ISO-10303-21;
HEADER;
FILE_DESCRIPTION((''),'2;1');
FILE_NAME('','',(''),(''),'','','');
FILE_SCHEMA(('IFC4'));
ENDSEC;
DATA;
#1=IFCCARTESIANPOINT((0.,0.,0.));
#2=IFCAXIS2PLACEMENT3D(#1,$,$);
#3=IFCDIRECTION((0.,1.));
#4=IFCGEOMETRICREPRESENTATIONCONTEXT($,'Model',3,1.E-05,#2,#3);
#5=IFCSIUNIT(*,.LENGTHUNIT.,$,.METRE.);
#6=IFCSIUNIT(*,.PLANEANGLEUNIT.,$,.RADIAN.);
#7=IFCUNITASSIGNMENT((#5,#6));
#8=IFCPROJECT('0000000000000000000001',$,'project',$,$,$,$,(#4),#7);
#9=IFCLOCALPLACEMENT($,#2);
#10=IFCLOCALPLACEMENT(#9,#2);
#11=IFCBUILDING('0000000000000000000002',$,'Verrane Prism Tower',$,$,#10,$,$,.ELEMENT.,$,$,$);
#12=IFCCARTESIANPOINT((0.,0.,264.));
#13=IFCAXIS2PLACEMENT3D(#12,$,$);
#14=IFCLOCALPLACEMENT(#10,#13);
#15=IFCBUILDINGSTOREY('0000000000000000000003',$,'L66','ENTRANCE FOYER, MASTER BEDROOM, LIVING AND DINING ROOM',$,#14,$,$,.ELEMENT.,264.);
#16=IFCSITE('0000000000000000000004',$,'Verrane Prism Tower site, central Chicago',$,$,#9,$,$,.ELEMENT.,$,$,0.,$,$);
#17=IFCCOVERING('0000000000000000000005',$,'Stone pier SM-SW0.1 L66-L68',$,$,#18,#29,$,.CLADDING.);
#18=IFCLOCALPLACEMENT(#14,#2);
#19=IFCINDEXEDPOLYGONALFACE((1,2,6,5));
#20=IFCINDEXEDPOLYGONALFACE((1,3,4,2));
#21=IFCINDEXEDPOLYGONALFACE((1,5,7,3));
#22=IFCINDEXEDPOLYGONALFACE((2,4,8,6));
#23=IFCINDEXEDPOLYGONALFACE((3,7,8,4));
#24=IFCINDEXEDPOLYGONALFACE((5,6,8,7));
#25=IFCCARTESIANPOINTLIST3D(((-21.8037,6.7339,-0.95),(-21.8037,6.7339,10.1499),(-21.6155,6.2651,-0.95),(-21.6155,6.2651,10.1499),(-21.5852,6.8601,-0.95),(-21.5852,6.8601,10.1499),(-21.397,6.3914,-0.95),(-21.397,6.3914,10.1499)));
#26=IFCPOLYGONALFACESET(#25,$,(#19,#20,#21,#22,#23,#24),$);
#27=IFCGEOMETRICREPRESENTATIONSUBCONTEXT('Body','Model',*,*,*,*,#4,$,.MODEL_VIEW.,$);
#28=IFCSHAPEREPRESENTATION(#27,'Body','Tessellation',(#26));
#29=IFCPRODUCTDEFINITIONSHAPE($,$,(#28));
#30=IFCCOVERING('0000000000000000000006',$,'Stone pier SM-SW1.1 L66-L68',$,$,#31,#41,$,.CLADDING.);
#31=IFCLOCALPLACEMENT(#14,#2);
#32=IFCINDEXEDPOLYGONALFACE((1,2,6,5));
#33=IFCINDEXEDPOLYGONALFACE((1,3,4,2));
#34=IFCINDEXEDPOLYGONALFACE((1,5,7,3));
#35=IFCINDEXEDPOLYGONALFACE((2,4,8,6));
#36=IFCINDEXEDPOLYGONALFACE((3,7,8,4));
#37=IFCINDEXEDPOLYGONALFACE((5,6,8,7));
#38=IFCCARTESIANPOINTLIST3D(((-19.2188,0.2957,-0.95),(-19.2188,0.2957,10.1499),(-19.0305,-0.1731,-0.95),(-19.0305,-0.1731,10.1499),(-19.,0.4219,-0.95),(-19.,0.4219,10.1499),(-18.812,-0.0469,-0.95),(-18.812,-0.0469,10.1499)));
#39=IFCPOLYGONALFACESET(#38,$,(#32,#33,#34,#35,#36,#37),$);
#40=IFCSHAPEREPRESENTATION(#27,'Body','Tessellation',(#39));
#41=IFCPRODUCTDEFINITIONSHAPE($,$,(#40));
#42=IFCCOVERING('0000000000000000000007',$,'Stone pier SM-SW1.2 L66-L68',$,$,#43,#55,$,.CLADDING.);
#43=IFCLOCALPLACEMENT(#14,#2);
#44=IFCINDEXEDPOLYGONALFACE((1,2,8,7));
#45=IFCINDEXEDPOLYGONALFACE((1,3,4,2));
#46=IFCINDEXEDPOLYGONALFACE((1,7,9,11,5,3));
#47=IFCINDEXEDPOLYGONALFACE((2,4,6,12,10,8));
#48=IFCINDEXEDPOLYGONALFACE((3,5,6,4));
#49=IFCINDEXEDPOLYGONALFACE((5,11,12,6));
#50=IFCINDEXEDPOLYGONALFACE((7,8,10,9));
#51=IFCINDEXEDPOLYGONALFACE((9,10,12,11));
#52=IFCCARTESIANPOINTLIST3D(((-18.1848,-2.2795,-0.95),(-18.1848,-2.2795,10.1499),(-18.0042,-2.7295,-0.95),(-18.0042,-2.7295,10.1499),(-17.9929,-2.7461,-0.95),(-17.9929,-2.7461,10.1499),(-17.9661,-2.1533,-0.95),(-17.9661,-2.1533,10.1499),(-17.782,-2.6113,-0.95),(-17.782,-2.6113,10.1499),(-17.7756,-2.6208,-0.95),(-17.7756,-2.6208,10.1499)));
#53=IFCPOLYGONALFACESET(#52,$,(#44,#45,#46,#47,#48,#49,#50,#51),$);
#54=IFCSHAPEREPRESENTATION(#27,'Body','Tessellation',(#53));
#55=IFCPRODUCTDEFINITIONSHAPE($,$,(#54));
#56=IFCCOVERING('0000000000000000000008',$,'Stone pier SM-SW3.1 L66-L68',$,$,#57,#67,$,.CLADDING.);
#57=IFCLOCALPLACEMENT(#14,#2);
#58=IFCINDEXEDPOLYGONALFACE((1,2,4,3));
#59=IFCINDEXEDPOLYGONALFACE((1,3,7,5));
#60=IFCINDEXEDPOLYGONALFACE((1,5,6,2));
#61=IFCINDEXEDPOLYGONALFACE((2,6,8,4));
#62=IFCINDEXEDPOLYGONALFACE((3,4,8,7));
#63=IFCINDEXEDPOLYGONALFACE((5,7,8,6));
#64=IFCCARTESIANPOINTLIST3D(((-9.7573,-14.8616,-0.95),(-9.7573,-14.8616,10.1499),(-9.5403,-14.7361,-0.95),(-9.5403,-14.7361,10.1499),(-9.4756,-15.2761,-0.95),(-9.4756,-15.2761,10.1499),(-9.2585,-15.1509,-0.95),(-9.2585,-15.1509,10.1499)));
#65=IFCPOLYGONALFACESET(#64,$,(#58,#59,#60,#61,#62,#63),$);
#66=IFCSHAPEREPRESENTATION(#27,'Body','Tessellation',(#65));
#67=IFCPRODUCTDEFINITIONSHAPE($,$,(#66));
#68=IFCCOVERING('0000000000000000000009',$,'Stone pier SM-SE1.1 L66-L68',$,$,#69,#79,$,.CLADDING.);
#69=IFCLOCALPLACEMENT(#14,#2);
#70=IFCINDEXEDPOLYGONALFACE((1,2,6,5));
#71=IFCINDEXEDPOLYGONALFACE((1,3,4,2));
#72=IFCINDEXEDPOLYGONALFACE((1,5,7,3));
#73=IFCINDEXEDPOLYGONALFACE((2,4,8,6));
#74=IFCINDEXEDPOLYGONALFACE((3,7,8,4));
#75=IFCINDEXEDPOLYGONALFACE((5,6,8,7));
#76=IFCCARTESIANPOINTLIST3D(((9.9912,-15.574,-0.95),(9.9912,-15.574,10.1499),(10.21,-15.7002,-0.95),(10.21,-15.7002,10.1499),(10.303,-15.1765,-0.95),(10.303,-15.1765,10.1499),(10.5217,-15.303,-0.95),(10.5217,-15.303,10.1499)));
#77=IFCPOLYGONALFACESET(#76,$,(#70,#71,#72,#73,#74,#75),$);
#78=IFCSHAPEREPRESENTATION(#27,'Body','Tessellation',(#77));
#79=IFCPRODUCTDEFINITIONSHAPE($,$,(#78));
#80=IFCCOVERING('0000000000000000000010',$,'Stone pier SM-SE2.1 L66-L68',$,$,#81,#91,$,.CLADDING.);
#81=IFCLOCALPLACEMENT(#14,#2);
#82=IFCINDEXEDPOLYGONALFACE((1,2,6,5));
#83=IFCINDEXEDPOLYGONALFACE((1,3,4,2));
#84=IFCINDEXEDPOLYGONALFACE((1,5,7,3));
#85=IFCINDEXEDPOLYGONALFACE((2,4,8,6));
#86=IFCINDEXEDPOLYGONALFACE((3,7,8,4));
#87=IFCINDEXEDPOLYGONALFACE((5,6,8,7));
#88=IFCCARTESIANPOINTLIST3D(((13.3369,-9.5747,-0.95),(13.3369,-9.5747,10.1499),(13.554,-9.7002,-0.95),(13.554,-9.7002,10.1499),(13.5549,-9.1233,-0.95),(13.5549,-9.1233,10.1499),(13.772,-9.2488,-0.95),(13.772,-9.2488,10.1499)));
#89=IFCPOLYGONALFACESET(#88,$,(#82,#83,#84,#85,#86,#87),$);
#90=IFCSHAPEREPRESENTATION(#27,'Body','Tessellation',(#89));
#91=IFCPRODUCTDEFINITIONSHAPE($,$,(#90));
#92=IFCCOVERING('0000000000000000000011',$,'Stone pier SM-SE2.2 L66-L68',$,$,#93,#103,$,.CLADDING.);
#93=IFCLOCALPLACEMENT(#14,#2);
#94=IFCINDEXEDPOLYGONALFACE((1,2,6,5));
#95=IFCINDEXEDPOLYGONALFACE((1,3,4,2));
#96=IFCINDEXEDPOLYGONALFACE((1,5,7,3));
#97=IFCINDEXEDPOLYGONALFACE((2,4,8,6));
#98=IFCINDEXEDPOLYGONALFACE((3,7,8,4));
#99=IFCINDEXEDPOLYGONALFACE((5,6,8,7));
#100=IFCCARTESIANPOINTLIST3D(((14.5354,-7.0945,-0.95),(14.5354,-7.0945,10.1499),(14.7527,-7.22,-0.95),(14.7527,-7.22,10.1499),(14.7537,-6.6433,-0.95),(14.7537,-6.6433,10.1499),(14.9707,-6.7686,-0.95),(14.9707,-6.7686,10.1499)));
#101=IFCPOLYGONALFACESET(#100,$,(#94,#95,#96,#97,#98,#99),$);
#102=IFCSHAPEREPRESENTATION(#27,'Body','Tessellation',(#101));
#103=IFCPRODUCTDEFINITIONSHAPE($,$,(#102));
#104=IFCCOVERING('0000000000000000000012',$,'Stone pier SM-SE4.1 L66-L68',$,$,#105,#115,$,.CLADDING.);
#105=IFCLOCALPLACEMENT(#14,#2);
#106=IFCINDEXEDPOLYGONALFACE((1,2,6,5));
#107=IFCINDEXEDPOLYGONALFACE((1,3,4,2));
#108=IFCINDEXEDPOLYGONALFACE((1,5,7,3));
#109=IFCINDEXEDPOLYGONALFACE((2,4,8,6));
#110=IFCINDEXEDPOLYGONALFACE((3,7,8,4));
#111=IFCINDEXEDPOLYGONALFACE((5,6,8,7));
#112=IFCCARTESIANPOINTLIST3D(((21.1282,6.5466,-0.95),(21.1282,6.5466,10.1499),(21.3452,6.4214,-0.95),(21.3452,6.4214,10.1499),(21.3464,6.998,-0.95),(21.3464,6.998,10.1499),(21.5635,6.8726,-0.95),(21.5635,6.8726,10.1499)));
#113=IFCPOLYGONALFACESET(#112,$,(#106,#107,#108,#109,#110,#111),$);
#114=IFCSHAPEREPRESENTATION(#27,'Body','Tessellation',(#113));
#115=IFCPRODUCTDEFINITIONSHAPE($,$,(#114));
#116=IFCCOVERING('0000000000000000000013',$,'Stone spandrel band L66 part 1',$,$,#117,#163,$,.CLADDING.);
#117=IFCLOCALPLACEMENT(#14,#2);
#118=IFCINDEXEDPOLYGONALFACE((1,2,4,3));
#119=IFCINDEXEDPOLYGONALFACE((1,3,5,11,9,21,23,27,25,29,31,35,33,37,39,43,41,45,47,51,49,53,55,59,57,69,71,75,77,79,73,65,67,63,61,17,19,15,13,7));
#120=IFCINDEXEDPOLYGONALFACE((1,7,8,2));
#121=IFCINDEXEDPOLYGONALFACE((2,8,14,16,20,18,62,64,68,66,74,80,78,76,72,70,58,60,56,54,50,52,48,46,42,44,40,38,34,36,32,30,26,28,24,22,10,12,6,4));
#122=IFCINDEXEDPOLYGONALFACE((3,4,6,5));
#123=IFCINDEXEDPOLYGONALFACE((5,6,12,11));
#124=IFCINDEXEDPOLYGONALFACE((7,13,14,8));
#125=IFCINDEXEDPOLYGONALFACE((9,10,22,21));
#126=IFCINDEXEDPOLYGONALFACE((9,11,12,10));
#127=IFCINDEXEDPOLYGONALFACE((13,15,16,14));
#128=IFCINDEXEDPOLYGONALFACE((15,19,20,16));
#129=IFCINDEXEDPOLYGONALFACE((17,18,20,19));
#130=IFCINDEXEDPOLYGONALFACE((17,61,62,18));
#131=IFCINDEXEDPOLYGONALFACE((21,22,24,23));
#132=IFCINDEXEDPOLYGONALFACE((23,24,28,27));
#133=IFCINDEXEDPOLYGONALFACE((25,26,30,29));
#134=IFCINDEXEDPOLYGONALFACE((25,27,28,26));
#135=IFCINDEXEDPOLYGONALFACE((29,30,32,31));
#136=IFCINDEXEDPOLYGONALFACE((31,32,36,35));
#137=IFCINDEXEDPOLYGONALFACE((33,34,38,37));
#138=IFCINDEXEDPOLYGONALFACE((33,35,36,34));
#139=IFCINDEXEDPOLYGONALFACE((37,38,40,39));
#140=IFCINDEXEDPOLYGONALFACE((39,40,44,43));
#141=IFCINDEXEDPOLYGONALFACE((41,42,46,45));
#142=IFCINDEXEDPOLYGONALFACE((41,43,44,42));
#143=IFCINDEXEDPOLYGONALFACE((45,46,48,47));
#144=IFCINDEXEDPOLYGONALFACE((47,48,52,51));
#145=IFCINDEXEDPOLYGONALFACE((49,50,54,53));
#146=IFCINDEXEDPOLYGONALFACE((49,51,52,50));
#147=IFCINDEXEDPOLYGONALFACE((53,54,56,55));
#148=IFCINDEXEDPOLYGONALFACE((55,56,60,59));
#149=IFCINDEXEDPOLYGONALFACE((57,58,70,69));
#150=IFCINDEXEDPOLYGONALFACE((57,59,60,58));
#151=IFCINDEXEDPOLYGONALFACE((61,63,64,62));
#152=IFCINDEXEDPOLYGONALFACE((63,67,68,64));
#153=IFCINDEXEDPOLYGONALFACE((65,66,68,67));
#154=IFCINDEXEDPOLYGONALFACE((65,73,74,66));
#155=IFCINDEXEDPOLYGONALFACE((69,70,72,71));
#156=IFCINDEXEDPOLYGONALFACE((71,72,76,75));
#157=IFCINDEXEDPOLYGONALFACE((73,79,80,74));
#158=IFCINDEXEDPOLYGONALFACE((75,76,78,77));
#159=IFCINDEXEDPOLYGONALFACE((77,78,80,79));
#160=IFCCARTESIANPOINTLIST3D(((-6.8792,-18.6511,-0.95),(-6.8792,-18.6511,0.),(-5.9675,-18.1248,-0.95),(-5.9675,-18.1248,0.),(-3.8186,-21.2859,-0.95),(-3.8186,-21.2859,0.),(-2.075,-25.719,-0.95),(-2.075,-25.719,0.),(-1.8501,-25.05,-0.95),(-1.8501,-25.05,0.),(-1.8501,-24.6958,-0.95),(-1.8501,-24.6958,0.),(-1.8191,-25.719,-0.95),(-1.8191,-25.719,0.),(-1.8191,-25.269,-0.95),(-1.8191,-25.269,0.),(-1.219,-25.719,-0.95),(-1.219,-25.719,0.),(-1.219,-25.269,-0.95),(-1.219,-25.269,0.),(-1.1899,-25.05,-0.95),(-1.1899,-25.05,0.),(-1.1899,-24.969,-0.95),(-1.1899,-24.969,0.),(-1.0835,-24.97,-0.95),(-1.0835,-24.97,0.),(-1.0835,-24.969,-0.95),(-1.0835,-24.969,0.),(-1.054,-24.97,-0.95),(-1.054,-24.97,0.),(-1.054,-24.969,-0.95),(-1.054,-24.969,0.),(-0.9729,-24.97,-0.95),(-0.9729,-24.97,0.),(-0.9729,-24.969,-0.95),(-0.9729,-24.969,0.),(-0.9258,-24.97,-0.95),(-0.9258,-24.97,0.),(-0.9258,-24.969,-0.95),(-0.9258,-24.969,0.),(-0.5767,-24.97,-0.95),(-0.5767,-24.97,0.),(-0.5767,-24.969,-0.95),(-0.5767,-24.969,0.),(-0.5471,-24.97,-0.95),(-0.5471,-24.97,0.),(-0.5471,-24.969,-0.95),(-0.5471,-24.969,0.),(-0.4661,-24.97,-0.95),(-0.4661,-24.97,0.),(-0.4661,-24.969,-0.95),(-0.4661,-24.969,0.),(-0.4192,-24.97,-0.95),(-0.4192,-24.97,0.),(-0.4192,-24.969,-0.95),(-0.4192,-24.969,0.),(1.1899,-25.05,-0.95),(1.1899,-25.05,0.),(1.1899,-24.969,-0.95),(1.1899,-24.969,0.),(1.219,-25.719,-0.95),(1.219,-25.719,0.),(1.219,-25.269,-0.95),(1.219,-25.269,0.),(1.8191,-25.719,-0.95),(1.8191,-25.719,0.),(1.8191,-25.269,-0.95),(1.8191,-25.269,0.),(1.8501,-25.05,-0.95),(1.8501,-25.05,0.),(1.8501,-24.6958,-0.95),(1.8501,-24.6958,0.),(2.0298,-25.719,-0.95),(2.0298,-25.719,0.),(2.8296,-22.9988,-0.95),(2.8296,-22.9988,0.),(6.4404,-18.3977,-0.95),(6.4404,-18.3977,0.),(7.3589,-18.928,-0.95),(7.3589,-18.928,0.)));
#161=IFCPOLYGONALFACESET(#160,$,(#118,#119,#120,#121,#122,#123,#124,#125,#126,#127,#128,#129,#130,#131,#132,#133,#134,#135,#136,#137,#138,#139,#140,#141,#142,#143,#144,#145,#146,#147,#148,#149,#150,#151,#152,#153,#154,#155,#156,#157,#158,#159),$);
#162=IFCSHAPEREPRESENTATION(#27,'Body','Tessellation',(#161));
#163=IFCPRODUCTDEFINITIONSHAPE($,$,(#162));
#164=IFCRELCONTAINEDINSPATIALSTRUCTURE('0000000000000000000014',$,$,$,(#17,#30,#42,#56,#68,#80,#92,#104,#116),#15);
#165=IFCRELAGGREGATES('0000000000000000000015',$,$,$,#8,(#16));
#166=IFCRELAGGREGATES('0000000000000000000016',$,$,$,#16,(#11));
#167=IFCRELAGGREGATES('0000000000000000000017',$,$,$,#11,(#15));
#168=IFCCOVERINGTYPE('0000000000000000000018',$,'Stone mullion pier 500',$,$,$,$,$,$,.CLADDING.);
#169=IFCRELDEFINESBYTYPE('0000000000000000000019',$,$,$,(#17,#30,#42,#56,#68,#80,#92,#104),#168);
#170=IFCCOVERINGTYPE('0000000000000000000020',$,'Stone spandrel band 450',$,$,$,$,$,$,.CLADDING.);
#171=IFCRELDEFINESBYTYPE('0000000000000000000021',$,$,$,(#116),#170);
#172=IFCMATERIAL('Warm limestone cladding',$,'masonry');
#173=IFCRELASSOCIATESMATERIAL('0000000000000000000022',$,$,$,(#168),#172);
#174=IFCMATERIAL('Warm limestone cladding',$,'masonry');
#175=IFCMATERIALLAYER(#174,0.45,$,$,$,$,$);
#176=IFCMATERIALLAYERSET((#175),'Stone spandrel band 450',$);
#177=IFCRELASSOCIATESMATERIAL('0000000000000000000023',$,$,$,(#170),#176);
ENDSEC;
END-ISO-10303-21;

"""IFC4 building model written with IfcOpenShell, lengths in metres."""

from ifc_helpers import new_model, si_unit, direction, frame, origin, place, context, subcontext, project, spatial, polyline, outline, extrude, material, layer, layer_set, type_object, element, save


model = new_model("IFC4")

# Units and contexts
model_context = context("Model", 3, precision=1e-05, world=origin(), true_north=direction((0.0, 1.0)))
body_context = subcontext(model_context, "Body", "Model", "MODEL_VIEW")
ifc_project = project(units=[si_unit("LENGTHUNIT", "METRE"), si_unit("PLANEANGLEUNIT", "RADIAN")], contexts=[model_context])

# Site, building, storey
site_placement = place(None, origin())
site = spatial("IfcSite", under=ifc_project, at=site_placement, Name="Verrane Prism Tower site, central Chicago", CompositionType="ELEMENT", RefElevation=0.0)
building_placement = place(site_placement, origin())
building = spatial("IfcBuilding", under=site, at=building_placement, Name="Verrane Prism Tower", CompositionType="ELEMENT")
storey_placement = place(building_placement, frame((0.0, 0.0, 264.0)))
storey = spatial("IfcBuildingStorey", under=building, at=storey_placement, Name="L66", Description="ENTRANCE FOYER, MASTER BEDROOM, LIVING AND DINING ROOM", CompositionType="ELEMENT", Elevation=264.0)

# Coverings
ifc_material_1 = material(Name="Warm limestone cladding", Category="masonry")
covering_type_1 = type_object("IfcCoveringType", Name="Stone mullion pier 500", PredefinedType="CLADDING", material=ifc_material_1)
covering_1_placement = place(storey_placement, frame((0.0, 0.0, -0.95)))
element("IfcCovering", 1, at=covering_1_placement, inside=storey, type_object=covering_type_1, Name="Stone pier SM-SW0.1 L66-L68", PredefinedType="CLADDING", context=body_context, shape_type="SweptSolid", body=[
    extrude(outline(polyline([(-21.397, 6.3914), (-21.5852, 6.8601), (-21.8037, 6.7339), (-21.6155, 6.2651), (-21.397, 6.3914)])), origin(), (0.0, 0.0, 1.0), 11.0999),
])
covering_2_placement = place(storey_placement, frame((0.0, 0.0, -0.95)))
element("IfcCovering", 2, at=covering_2_placement, inside=storey, type_object=covering_type_1, Name="Stone pier SM-SW1.1 L66-L68", PredefinedType="CLADDING", context=body_context, shape_type="SweptSolid", body=[
    extrude(outline(polyline([(-18.812, -0.0469), (-19.0, 0.4219), (-19.2188, 0.2957), (-19.0305, -0.1731), (-18.812, -0.0469)])), origin(), (0.0, 0.0, 1.0), 11.0999),
])
covering_3_placement = place(storey_placement, frame((0.0, 0.0, -0.95)))
element("IfcCovering", 3, at=covering_3_placement, inside=storey, type_object=covering_type_1, Name="Stone pier SM-SW1.2 L66-L68", PredefinedType="CLADDING", context=body_context, shape_type="SweptSolid", body=[
    extrude(outline(polyline([(-17.7756, -2.6208), (-17.782, -2.6113), (-17.9661, -2.1533), (-18.1848, -2.2795), (-18.0042, -2.7295), (-17.9929, -2.7461), (-17.7756, -2.6208)])), origin(), (0.0, 0.0, 1.0), 11.0999),
])
covering_4_placement = place(storey_placement, frame((0.0, 0.0, -0.95)))
element("IfcCovering", 4, at=covering_4_placement, inside=storey, type_object=covering_type_1, Name="Stone pier SM-SW3.1 L66-L68", PredefinedType="CLADDING", context=body_context, shape_type="SweptSolid", body=[
    extrude(outline(polyline([(-9.2585, -15.1509), (-9.5403, -14.7361), (-9.7573, -14.8616), (-9.4756, -15.2761), (-9.2585, -15.1509)])), origin(), (0.0, 0.0, 1.0), 11.0999),
])
covering_5_placement = place(storey_placement, frame((0.0, 0.0, -0.95)))
element("IfcCovering", 5, at=covering_5_placement, inside=storey, type_object=covering_type_1, Name="Stone pier SM-SE1.1 L66-L68", PredefinedType="CLADDING", context=body_context, shape_type="SweptSolid", body=[
    extrude(outline(polyline([(10.303, -15.1765), (9.9912, -15.574), (10.21, -15.7002), (10.5217, -15.303), (10.303, -15.1765)])), origin(), (0.0, 0.0, 1.0), 11.0999),
])
covering_6_placement = place(storey_placement, frame((0.0, 0.0, -0.95)))
element("IfcCovering", 6, at=covering_6_placement, inside=storey, type_object=covering_type_1, Name="Stone pier SM-SE2.1 L66-L68", PredefinedType="CLADDING", context=body_context, shape_type="SweptSolid", body=[
    extrude(outline(polyline([(13.5549, -9.1233), (13.3369, -9.5747), (13.554, -9.7002), (13.772, -9.2488), (13.5549, -9.1233)])), origin(), (0.0, 0.0, 1.0), 11.0999),
])
covering_7_placement = place(storey_placement, frame((0.0, 0.0, -0.95)))
element("IfcCovering", 7, at=covering_7_placement, inside=storey, type_object=covering_type_1, Name="Stone pier SM-SE2.2 L66-L68", PredefinedType="CLADDING", context=body_context, shape_type="SweptSolid", body=[
    extrude(outline(polyline([(14.7537, -6.6433), (14.5354, -7.0945), (14.7527, -7.22), (14.9707, -6.7686), (14.7537, -6.6433)])), origin(), (0.0, 0.0, 1.0), 11.0999),
])
covering_8_placement = place(storey_placement, frame((0.0, 0.0, -0.95)))
element("IfcCovering", 8, at=covering_8_placement, inside=storey, type_object=covering_type_1, Name="Stone pier SM-SE4.1 L66-L68", PredefinedType="CLADDING", context=body_context, shape_type="SweptSolid", body=[
    extrude(outline(polyline([(21.3464, 6.998), (21.1282, 6.5466), (21.3452, 6.4214), (21.5635, 6.8726), (21.3464, 6.998)])), origin(), (0.0, 0.0, 1.0), 11.0999),
])
ifc_material_2 = material(Name="Warm limestone cladding", Category="masonry")
ifc_layer_1 = layer(ifc_material_2, 0.45)
ifc_layer_set_1 = layer_set([ifc_layer_1], Name="Stone spandrel band 450")
covering_type_2 = type_object("IfcCoveringType", Name="Stone spandrel band 450", PredefinedType="CLADDING", material=ifc_layer_set_1)
covering_9_placement = place(storey_placement, frame((0.0, 0.0, -0.95)))
element("IfcCovering", 9, at=covering_9_placement, inside=storey, type_object=covering_type_2, Name="Stone spandrel band L66 part 1", PredefinedType="CLADDING", context=body_context, shape_type="SweptSolid", body=[
    extrude(outline(polyline([(-1.0835, -24.969), (-1.1899, -24.969), (-1.1899, -25.05), (-1.8501, -25.05), (-1.8501, -24.6958), (-3.8186, -21.2859), (-5.9675, -18.1248), (-6.8792, -18.6511), (-2.075, -25.719), (-1.8191, -25.719), (-1.8191, -25.269), (-1.219, -25.269), (-1.219, -25.719), (1.219, -25.719), (1.219, -25.269), (1.8191, -25.269), (1.8191, -25.719), (2.0298, -25.719), (7.3589, -18.928), (6.4404, -18.3977), (2.8296, -22.9988), (1.8501, -24.6958), (1.8501, -25.05), (1.1899, -25.05), (1.1899, -24.969), (-0.4192, -24.969), (-0.4192, -24.97), (-0.4661, -24.97), (-0.4661, -24.969), (-0.5471, -24.969), (-0.5471, -24.97), (-0.5767, -24.97), (-0.5767, -24.969), (-0.9258, -24.969), (-0.9258, -24.97), (-0.9729, -24.97), (-0.9729, -24.969), (-1.054, -24.969), (-1.054, -24.97), (-1.0835, -24.97), (-1.0835, -24.969)])), origin(), (0.0, 0.0, 1.0), 0.95),
])

save(model, "model.ifc")
